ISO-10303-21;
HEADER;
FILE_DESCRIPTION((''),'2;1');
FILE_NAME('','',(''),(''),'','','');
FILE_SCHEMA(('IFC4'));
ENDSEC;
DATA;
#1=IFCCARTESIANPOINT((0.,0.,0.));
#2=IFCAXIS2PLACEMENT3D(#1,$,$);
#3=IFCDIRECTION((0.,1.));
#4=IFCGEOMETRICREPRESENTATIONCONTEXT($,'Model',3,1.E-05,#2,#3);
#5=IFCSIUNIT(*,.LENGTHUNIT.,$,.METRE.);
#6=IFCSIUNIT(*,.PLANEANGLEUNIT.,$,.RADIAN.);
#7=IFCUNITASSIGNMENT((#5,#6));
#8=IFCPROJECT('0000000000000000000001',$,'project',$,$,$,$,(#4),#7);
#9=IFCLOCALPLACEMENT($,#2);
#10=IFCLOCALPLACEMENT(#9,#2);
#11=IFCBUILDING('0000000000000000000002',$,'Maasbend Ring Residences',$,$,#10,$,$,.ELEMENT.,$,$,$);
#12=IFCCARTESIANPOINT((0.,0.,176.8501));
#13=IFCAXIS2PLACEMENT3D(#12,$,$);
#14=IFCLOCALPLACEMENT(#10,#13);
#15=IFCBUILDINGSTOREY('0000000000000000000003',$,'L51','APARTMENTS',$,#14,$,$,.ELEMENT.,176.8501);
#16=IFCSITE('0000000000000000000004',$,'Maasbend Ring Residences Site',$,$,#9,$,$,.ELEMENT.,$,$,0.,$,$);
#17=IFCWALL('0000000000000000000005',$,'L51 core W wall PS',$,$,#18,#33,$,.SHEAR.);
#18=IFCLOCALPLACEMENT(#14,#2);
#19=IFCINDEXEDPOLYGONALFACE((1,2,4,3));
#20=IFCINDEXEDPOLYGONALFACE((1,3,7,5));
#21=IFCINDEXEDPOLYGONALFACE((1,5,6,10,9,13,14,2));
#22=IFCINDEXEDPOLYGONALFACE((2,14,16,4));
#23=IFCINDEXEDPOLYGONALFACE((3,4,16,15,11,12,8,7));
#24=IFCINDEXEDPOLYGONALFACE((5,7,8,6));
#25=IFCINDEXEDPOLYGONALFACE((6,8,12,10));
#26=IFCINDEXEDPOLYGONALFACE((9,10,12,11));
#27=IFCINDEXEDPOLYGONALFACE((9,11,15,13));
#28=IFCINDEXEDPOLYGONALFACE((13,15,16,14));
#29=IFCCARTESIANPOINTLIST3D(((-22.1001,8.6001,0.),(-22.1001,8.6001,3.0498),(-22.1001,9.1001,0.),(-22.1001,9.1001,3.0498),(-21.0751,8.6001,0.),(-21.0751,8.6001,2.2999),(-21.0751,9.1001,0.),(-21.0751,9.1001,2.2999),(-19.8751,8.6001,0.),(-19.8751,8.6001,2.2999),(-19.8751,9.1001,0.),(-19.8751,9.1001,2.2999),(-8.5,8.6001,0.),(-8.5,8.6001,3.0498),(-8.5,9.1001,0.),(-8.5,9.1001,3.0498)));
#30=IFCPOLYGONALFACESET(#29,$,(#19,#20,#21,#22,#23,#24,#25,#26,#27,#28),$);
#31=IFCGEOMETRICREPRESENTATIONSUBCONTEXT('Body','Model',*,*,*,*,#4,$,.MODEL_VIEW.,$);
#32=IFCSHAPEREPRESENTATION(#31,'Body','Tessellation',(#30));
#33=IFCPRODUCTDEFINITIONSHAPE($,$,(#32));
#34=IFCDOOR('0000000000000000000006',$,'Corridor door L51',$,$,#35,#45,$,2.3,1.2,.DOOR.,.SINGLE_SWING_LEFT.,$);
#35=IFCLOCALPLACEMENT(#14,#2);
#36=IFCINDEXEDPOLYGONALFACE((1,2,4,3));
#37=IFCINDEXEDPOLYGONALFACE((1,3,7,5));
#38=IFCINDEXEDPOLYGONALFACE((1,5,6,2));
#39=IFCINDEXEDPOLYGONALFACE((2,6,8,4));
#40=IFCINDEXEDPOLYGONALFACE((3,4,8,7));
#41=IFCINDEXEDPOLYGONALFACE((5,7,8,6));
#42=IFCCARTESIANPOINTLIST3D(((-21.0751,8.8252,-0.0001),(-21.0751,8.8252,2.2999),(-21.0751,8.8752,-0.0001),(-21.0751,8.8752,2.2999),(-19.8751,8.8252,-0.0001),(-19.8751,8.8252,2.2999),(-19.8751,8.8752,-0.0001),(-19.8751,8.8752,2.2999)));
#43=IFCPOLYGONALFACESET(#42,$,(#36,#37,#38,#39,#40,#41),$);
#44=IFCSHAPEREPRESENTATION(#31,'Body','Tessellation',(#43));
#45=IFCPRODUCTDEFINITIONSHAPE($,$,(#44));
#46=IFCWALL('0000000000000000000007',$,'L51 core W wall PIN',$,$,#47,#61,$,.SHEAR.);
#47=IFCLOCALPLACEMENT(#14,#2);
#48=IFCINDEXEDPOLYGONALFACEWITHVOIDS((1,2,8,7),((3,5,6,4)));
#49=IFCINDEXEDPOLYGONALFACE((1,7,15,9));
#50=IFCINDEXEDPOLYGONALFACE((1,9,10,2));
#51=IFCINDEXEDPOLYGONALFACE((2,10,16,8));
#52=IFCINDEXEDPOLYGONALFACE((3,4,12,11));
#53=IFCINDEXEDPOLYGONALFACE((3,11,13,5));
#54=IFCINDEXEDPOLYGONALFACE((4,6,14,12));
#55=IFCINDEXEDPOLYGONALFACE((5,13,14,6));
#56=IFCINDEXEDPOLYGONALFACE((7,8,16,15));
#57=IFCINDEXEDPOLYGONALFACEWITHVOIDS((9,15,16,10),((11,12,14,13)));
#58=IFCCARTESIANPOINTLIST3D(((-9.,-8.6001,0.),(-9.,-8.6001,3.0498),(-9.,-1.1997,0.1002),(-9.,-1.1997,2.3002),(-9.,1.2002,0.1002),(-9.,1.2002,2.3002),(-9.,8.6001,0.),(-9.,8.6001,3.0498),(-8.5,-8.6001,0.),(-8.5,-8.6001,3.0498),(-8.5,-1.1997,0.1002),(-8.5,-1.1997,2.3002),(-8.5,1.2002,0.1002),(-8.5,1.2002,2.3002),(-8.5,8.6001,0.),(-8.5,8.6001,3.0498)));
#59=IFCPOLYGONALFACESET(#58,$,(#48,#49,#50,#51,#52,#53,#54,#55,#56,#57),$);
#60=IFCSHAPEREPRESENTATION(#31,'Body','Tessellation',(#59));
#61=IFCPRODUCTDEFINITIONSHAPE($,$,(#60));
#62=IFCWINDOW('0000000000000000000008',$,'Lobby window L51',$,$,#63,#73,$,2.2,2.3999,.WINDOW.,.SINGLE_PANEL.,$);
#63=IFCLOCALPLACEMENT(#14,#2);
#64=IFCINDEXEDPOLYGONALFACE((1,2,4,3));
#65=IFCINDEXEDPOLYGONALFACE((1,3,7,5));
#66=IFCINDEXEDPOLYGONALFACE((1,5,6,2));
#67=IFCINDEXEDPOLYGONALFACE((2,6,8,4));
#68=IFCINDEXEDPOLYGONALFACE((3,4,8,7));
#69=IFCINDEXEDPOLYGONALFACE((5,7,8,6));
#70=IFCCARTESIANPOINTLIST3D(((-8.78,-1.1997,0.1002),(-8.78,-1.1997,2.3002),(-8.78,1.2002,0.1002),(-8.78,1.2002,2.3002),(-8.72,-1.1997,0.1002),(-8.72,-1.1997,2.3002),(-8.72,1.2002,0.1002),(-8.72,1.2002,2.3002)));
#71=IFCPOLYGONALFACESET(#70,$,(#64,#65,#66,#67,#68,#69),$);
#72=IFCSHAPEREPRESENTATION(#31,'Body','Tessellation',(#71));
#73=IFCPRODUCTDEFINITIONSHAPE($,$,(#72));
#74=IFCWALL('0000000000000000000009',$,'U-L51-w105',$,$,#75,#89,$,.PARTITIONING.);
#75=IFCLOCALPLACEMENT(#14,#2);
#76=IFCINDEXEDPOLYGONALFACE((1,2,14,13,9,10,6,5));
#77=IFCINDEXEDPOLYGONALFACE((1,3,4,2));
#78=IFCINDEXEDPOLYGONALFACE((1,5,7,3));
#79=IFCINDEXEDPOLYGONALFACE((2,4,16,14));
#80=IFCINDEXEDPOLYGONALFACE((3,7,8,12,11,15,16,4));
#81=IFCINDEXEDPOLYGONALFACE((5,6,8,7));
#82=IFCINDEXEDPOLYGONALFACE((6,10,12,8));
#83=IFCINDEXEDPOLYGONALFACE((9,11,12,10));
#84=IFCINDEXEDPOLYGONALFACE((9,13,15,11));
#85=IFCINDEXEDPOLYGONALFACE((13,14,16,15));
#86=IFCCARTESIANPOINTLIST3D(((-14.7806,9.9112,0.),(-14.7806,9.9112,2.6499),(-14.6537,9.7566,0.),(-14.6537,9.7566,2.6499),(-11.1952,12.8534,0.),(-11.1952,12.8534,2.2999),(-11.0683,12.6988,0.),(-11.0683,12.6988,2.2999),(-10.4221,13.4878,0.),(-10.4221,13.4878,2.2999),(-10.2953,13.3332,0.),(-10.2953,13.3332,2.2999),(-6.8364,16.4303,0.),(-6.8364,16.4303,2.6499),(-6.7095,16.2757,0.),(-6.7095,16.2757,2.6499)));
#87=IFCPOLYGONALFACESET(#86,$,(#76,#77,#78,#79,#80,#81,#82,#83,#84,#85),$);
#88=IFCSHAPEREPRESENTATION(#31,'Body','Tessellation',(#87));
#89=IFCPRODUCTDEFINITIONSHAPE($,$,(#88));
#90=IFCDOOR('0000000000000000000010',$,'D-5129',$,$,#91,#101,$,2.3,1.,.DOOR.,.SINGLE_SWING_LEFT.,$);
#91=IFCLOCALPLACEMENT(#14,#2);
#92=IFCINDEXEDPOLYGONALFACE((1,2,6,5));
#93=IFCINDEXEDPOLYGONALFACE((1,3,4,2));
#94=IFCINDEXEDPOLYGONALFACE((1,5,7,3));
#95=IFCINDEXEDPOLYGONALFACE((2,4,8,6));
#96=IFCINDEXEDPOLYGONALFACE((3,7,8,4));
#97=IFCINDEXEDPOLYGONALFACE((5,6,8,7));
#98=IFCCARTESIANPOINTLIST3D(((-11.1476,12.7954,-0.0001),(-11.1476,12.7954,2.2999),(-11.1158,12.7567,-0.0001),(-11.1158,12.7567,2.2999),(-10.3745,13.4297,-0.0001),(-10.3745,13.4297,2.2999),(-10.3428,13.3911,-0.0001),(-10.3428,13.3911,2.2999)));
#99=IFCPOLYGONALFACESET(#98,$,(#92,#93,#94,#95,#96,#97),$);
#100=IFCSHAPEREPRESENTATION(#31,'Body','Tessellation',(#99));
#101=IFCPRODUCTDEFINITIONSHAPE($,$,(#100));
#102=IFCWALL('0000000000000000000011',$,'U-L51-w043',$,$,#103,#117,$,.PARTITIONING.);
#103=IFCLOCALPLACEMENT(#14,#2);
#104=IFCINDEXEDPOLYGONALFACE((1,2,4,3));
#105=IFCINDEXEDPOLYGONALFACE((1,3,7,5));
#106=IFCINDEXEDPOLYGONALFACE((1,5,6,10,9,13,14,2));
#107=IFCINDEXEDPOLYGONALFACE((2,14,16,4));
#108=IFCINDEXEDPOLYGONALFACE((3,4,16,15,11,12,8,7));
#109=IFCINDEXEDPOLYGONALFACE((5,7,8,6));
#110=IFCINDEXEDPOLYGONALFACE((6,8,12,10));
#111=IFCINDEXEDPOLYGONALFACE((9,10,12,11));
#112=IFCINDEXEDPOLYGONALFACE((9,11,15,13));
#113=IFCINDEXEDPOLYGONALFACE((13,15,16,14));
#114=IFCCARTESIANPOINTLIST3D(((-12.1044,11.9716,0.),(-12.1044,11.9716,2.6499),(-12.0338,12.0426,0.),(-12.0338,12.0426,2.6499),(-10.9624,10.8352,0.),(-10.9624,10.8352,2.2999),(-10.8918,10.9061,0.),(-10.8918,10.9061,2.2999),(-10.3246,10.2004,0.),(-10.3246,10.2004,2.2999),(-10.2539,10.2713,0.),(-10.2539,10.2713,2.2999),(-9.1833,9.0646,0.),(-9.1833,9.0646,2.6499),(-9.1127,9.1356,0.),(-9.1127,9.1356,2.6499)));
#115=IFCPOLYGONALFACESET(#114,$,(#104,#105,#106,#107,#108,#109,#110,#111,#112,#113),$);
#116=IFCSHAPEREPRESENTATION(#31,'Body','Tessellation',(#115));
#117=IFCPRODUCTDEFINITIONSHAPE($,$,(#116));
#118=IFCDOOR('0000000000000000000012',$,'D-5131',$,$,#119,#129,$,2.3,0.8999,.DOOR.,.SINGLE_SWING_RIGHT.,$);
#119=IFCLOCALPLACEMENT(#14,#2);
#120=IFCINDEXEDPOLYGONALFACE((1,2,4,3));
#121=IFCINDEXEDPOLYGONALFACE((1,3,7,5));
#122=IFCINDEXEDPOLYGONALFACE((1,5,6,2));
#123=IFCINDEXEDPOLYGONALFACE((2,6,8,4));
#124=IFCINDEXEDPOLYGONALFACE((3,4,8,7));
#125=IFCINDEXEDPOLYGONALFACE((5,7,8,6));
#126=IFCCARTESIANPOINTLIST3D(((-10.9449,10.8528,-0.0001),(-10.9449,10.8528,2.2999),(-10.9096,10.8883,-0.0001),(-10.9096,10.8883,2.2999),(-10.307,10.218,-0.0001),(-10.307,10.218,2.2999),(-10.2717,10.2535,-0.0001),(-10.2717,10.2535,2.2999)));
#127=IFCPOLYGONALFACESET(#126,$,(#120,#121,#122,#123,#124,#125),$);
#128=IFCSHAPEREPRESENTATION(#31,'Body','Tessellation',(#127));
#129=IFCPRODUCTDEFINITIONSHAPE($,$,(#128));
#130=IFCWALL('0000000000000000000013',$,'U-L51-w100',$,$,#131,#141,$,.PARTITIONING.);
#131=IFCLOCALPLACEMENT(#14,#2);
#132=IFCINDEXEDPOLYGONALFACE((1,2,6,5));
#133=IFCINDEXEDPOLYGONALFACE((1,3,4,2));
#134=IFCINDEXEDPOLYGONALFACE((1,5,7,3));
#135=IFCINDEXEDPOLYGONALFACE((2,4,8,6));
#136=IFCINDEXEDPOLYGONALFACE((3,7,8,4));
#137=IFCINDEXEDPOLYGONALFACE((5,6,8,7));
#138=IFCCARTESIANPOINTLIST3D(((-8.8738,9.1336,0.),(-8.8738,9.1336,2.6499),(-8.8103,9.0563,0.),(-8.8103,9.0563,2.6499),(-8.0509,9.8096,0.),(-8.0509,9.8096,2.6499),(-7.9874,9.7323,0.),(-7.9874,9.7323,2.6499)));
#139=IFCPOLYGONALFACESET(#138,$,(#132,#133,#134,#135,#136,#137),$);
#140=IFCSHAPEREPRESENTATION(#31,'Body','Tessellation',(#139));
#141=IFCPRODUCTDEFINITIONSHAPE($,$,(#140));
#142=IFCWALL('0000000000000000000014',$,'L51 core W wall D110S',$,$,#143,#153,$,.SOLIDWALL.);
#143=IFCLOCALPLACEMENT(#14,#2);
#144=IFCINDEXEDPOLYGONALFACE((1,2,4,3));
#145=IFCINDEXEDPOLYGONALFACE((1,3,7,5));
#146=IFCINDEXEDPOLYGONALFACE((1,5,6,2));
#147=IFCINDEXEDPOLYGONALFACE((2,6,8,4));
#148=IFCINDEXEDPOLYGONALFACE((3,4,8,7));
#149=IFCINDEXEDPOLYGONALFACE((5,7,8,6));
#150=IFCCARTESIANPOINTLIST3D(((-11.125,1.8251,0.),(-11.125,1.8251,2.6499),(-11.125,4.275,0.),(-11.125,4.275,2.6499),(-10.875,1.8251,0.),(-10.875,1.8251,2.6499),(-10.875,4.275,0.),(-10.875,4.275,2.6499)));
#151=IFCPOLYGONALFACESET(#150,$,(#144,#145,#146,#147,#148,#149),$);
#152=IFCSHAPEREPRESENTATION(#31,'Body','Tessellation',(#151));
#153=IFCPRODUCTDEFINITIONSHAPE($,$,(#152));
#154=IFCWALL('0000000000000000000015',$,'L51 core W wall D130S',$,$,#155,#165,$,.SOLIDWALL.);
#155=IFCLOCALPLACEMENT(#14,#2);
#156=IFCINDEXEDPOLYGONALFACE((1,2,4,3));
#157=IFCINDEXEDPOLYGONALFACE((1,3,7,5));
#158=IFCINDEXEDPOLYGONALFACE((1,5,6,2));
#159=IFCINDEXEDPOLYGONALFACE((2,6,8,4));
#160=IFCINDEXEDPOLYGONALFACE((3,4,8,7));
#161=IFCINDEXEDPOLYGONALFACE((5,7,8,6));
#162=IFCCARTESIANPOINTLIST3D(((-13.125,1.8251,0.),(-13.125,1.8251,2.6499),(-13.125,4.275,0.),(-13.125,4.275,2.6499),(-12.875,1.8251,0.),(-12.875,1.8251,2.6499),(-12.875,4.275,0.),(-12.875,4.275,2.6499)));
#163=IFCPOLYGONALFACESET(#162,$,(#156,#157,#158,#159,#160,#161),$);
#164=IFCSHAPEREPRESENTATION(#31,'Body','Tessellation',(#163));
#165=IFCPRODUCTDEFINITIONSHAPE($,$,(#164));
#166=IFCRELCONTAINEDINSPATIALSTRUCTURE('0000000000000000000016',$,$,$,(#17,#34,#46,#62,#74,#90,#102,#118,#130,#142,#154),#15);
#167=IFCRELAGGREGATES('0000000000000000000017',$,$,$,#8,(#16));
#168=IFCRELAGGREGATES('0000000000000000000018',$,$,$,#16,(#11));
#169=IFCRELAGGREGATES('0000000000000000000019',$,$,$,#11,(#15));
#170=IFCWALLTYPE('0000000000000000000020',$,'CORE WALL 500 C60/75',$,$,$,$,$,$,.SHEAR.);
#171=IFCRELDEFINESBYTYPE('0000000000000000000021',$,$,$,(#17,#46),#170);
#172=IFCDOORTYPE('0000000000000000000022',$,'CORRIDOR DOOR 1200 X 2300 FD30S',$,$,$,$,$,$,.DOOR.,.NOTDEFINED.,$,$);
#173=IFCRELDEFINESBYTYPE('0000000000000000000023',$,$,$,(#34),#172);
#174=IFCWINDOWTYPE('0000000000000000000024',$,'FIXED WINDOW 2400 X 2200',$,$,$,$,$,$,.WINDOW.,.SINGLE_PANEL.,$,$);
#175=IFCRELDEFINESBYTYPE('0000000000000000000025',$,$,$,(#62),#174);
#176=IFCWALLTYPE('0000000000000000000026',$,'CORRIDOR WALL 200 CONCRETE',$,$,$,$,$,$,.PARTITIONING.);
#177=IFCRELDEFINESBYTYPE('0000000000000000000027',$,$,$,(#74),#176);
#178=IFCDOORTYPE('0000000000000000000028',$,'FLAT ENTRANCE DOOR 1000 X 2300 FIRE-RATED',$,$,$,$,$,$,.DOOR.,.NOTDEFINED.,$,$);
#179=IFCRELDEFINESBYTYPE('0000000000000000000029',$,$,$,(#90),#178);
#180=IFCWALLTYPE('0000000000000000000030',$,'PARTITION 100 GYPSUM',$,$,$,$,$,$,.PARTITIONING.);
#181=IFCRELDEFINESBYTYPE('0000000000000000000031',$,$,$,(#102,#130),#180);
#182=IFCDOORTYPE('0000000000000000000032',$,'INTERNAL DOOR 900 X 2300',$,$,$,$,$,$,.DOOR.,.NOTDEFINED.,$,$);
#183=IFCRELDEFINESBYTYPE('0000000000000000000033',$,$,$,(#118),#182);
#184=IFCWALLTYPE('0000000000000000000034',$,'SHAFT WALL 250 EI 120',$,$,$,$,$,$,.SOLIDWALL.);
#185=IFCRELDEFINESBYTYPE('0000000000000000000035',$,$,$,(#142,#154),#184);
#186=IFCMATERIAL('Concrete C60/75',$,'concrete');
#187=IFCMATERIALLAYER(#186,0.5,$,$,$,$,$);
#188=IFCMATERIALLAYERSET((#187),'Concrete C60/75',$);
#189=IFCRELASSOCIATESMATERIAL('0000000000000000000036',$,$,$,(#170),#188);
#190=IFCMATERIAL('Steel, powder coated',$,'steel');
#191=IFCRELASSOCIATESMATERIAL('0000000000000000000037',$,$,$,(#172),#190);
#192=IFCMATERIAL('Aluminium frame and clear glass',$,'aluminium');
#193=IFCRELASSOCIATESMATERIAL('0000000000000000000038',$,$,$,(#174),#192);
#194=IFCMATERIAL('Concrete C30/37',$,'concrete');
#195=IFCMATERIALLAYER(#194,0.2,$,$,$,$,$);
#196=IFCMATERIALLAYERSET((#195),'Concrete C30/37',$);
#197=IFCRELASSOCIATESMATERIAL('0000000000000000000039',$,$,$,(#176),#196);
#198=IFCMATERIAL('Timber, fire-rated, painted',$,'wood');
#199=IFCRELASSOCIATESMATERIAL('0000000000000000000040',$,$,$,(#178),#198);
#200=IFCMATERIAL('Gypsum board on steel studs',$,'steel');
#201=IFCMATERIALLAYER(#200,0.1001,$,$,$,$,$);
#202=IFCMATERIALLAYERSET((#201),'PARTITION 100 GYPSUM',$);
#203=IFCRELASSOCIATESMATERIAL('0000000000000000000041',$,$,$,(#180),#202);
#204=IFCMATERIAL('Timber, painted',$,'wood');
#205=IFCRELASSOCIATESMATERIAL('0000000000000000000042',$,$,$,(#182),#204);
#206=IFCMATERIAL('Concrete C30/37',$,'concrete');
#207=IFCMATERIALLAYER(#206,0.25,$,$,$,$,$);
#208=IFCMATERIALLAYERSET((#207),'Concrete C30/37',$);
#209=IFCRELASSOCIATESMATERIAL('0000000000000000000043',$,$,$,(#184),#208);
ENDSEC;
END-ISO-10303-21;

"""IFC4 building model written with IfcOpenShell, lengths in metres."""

from ifc_helpers import new_model, si_unit, direction, frame, frame_2d, origin, place, context, subcontext, project, spatial, rectangle, extrude, material, layer, layer_set, type_object, element, fill, save


model = new_model("IFC4")

# Units and contexts
model_context = context("Model", 3, precision=1e-05, world=origin(), true_north=direction((0.0, 1.0)))
body_context = subcontext(model_context, "Body", "Model", "MODEL_VIEW")
ifc_project = project(units=[si_unit("LENGTHUNIT", "METRE"), si_unit("PLANEANGLEUNIT", "RADIAN")], contexts=[model_context])

# Site, building, storey
site_placement = place(None, origin())
site = spatial("IfcSite", under=ifc_project, at=site_placement, Name="Maasbend Ring Residences Site", CompositionType="ELEMENT", RefElevation=0.0)
building_placement = place(site_placement, origin())
building = spatial("IfcBuilding", under=site, at=building_placement, Name="Maasbend Ring Residences", CompositionType="ELEMENT")
storey_placement = place(building_placement, frame((0.0, 0.0, 176.8501)))
storey = spatial("IfcBuildingStorey", under=building, at=storey_placement, Name="L51", Description="APARTMENTS", CompositionType="ELEMENT", Elevation=176.8501)

# Wall, opening, door
ifc_material_1 = material(Name="Concrete C60/75", Category="concrete")
ifc_layer_1 = layer(ifc_material_1, 0.5)
ifc_layer_set_1 = layer_set([ifc_layer_1], Name="Concrete C60/75")
wall_type_1 = type_object("IfcWallType", Name="CORE WALL 500 C60/75", PredefinedType="SHEAR", material=ifc_layer_set_1)
wall_1_placement = place(storey_placement, frame((-8.5, 8.8501, 0.0), z_axis=(0.0, 0.0, 1.0), x_axis=(-1.0, 0.0, 0.0)))
wall_1 = element("IfcWall", 1, at=wall_1_placement, inside=storey, type_object=wall_type_1, Name="L51 core W wall PS", PredefinedType="SHEAR", context=body_context, shape_type="SweptSolid", body=[
    extrude(rectangle(XDim=13.6001, YDim=0.5, at=frame_2d((6.8, 0.0))), origin(), (0.0, 0.0, 1.0), 3.0498),
])
opening_1_placement = place(wall_1_placement, frame((11.375, 0.0, 0.0)))
opening_1 = element("IfcOpeningElement", 2, at=opening_1_placement, cuts=wall_1, PredefinedType="OPENING", context=body_context, shape_type="SweptSolid", body=[
    extrude(rectangle(XDim=1.2, YDim=2.3, at=frame_2d((0.6001, 1.1499))), frame((0.0, 0.26, 0.0), z_axis=(0.0, -1.0, 0.0), x_axis=(1.0, 0.0, 0.0)), (0.0, 0.0, 1.0), 0.52),
])
ifc_material_2 = material(Name="Steel, powder coated", Category="steel")
door_type_1 = type_object("IfcDoorType", Name="CORRIDOR DOOR 1200 X 2300 FD30S", OperationType="NOTDEFINED", PredefinedType="DOOR", material=ifc_material_2)
door_1_placement = place(opening_1_placement, origin())
door_1 = element("IfcDoor", 3, at=door_1_placement, inside=storey, type_object=door_type_1, Name="Corridor door L51", OperationType="SINGLE_SWING_LEFT", OverallHeight=2.3, OverallWidth=1.2, PredefinedType="DOOR", context=body_context, shape_type="SweptSolid", body=[
    extrude(rectangle(XDim=1.2, YDim=2.3, at=frame_2d((0.6001, 1.1499))), frame((0.0, 0.0249, 0.0), z_axis=(0.0, -1.0, 0.0), x_axis=(1.0, 0.0, 0.0)), (0.0, 0.0, 1.0), 0.05),
])
fill(opening_1, door_1)

# Wall, opening, window
wall_2_placement = place(storey_placement, frame((-8.75, 8.6001, 0.0), z_axis=(0.0, 0.0, 1.0), x_axis=(0.0, -1.0, 0.0)))
wall_2 = element("IfcWall", 4, at=wall_2_placement, inside=storey, type_object=wall_type_1, Name="L51 core W wall PIN", PredefinedType="SHEAR", context=body_context, shape_type="SweptSolid", body=[
    extrude(rectangle(XDim=17.2002, YDim=0.5, at=frame_2d((8.6001, 0.0))), origin(), (0.0, 0.0, 1.0), 3.0498),
])
opening_2_placement = place(wall_2_placement, frame((7.3999, 0.0, 0.1001)))
opening_2 = element("IfcOpeningElement", 5, at=opening_2_placement, cuts=wall_2, PredefinedType="OPENING", context=body_context, shape_type="SweptSolid", body=[
    extrude(rectangle(XDim=2.3999, YDim=2.2, at=frame_2d((1.2, 1.1001))), frame((0.0, 0.26, 0.0), z_axis=(0.0, -1.0, 0.0), x_axis=(1.0, 0.0, 0.0)), (0.0, 0.0, 1.0), 0.52),
])
ifc_material_3 = material(Name="Aluminium frame and clear glass", Category="aluminium")
window_type = type_object("IfcWindowType", Name="FIXED WINDOW 2400 X 2200", PartitioningType="SINGLE_PANEL", PredefinedType="WINDOW", material=ifc_material_3)
window_placement = place(opening_2_placement, origin())
window = element("IfcWindow", 6, at=window_placement, inside=storey, type_object=window_type, Name="Lobby window L51", OverallHeight=2.2, OverallWidth=2.3999, PartitioningType="SINGLE_PANEL", PredefinedType="WINDOW", context=body_context, shape_type="SweptSolid", body=[
    extrude(rectangle(XDim=2.3999, YDim=2.2, at=frame_2d((1.2, 1.1001))), frame((0.0, 0.03, 0.0), z_axis=(0.0, -1.0, 0.0), x_axis=(1.0, 0.0, 0.0)), (0.0, 0.0, 1.0), 0.0601),
])
fill(opening_2, window)

# Walls, openings, doors
ifc_material_4 = material(Name="Concrete C30/37", Category="concrete")
ifc_layer_2 = layer(ifc_material_4, 0.2)
ifc_layer_set_2 = layer_set([ifc_layer_2], Name="Concrete C30/37")
wall_type_2 = type_object("IfcWallType", Name="CORRIDOR WALL 200 CONCRETE", PredefinedType="PARTITIONING", material=ifc_layer_set_2)
wall_3_placement = place(storey_placement, frame((-14.717, 9.834, 0.0), z_axis=(0.0, 0.0, 1.0), x_axis=(0.773035, 0.634364, 0.0)))
wall_3 = element("IfcWall", 7, at=wall_3_placement, inside=storey, type_object=wall_type_2, Name="U-L51-w105", PredefinedType="PARTITIONING", context=body_context, shape_type="SweptSolid", body=[
    extrude(rectangle(XDim=10.2766, YDim=0.2, at=frame_2d((5.1382, 0.0))), origin(), (0.0, 0.0, 1.0), 2.6499),
])
opening_3_placement = place(wall_3_placement, frame((4.6379, 0.0, 0.0)))
opening_3 = element("IfcOpeningElement", 8, at=opening_3_placement, cuts=wall_3, PredefinedType="OPENING", context=body_context, shape_type="SweptSolid", body=[
    extrude(rectangle(XDim=1.0, YDim=2.3, at=frame_2d((0.5, 1.1499))), frame((0.0, 0.1099, 0.0), z_axis=(0.0, -1.0, 0.0), x_axis=(1.0, 0.0, 0.0)), (0.0, 0.0, 1.0), 0.22),
])
ifc_material_5 = material(Name="Timber, fire-rated, painted", Category="wood")
door_type_2 = type_object("IfcDoorType", Name="FLAT ENTRANCE DOOR 1000 X 2300 FIRE-RATED", OperationType="NOTDEFINED", PredefinedType="DOOR", material=ifc_material_5)
door_2_placement = place(opening_3_placement, origin())
door_2 = element("IfcDoor", 9, at=door_2_placement, inside=storey, type_object=door_type_2, Name="D-5129", OperationType="SINGLE_SWING_LEFT", OverallHeight=2.3, OverallWidth=1.0, PredefinedType="DOOR", context=body_context, shape_type="SweptSolid", body=[
    extrude(rectangle(XDim=1.0, YDim=2.3, at=frame_2d((0.5, 1.1499))), frame((0.0, 0.0249, 0.0), z_axis=(0.0, -1.0, 0.0), x_axis=(1.0, 0.0, 0.0)), (0.0, 0.0, 1.0), 0.05),
])
fill(opening_3, door_2)
ifc_material_6 = material(Name="Gypsum board on steel studs", Category="steel")
ifc_layer_3 = layer(ifc_material_6, 0.1001)
ifc_layer_set_3 = layer_set([ifc_layer_3], Name="PARTITION 100 GYPSUM")
wall_type_3 = type_object("IfcWallType", Name="PARTITION 100 GYPSUM", PredefinedType="PARTITIONING", material=ifc_layer_set_3)
wall_4_placement = place(storey_placement, frame((-12.0691, 12.0071, 0.0), z_axis=(0.0, 0.0, 1.0), x_axis=(0.708823, -0.705387, 0.0)))
wall_4 = element("IfcWall", 10, at=wall_4_placement, inside=storey, type_object=wall_type_3, Name="U-L51-w043", PredefinedType="PARTITIONING", context=body_context, shape_type="SweptSolid", body=[
    extrude(rectangle(XDim=4.1211, YDim=0.1001, at=frame_2d((2.0605, 0.0))), origin(), (0.0, 0.0, 1.0), 2.6499),
])
opening_4_placement = place(wall_4_placement, frame((1.6111, 0.0, 0.0)))
opening_4 = element("IfcOpeningElement", 11, at=opening_4_placement, cuts=wall_4, PredefinedType="OPENING", context=body_context, shape_type="SweptSolid", body=[
    extrude(rectangle(XDim=0.8999, YDim=2.3, at=frame_2d((0.45, 1.1499))), frame((0.0, 0.0601, 0.0), z_axis=(0.0, -1.0, 0.0), x_axis=(1.0, 0.0, 0.0)), (0.0, 0.0, 1.0), 0.1201),
])
ifc_material_7 = material(Name="Timber, painted", Category="wood")
door_type_3 = type_object("IfcDoorType", Name="INTERNAL DOOR 900 X 2300", OperationType="NOTDEFINED", PredefinedType="DOOR", material=ifc_material_7)
door_3_placement = place(opening_4_placement, origin())
door_3 = element("IfcDoor", 12, at=door_3_placement, inside=storey, type_object=door_type_3, Name="D-5131", OperationType="SINGLE_SWING_RIGHT", OverallHeight=2.3, OverallWidth=0.8999, PredefinedType="DOOR", context=body_context, shape_type="SweptSolid", body=[
    extrude(rectangle(XDim=0.8999, YDim=2.3, at=frame_2d((0.45, 1.1499))), frame((0.0, 0.0249, 0.0), z_axis=(0.0, -1.0, 0.0), x_axis=(1.0, 0.0, 0.0)), (0.0, 0.0, 1.0), 0.05),
])
fill(opening_4, door_3)

# Walls
wall_5_placement = place(storey_placement, frame((-8.842, 9.095, 0.0), z_axis=(0.0, 0.0, 1.0), x_axis=(0.77273, 0.634735, 0.0)))
element("IfcWall", 13, at=wall_5_placement, inside=storey, type_object=wall_type_3, Name="U-L51-w100", PredefinedType="PARTITIONING", context=body_context, shape_type="SweptSolid", body=[
    extrude(rectangle(XDim=1.0649, YDim=0.1001, at=frame_2d((0.5325, 0.0))), origin(), (0.0, 0.0, 1.0), 2.6499),
])
ifc_material_8 = material(Name="Concrete C30/37", Category="concrete")
ifc_layer_4 = layer(ifc_material_8, 0.25)
ifc_layer_set_4 = layer_set([ifc_layer_4], Name="Concrete C30/37")
wall_type_4 = type_object("IfcWallType", Name="SHAFT WALL 250 EI 120", PredefinedType="SOLIDWALL", material=ifc_layer_set_4)
for number, where, z_axis, x_axis, name in (
    (14, (-11.0, 1.825, 0.0), (0.0, 0.0, 1.0), (0.0, 1.0, 0.0), "L51 core W wall D110S"),
    (15, (-13.0, 1.825, 0.0), (0.0, 0.0, 1.0), (0.0, 1.0, 0.0), "L51 core W wall D130S"),
):
    element("IfcWall", number, at=place(storey_placement, frame(where, z_axis=z_axis, x_axis=x_axis)), inside=storey, type_object=wall_type_4, Name=name, PredefinedType="SOLIDWALL", context=body_context, shape_type="SweptSolid", body=[
        extrude(rectangle(XDim=2.45, YDim=0.25, at=frame_2d((1.2251, 0.0))), origin(), (0.0, 0.0, 1.0), 2.6499),
    ])

save(model, "model.ifc")
